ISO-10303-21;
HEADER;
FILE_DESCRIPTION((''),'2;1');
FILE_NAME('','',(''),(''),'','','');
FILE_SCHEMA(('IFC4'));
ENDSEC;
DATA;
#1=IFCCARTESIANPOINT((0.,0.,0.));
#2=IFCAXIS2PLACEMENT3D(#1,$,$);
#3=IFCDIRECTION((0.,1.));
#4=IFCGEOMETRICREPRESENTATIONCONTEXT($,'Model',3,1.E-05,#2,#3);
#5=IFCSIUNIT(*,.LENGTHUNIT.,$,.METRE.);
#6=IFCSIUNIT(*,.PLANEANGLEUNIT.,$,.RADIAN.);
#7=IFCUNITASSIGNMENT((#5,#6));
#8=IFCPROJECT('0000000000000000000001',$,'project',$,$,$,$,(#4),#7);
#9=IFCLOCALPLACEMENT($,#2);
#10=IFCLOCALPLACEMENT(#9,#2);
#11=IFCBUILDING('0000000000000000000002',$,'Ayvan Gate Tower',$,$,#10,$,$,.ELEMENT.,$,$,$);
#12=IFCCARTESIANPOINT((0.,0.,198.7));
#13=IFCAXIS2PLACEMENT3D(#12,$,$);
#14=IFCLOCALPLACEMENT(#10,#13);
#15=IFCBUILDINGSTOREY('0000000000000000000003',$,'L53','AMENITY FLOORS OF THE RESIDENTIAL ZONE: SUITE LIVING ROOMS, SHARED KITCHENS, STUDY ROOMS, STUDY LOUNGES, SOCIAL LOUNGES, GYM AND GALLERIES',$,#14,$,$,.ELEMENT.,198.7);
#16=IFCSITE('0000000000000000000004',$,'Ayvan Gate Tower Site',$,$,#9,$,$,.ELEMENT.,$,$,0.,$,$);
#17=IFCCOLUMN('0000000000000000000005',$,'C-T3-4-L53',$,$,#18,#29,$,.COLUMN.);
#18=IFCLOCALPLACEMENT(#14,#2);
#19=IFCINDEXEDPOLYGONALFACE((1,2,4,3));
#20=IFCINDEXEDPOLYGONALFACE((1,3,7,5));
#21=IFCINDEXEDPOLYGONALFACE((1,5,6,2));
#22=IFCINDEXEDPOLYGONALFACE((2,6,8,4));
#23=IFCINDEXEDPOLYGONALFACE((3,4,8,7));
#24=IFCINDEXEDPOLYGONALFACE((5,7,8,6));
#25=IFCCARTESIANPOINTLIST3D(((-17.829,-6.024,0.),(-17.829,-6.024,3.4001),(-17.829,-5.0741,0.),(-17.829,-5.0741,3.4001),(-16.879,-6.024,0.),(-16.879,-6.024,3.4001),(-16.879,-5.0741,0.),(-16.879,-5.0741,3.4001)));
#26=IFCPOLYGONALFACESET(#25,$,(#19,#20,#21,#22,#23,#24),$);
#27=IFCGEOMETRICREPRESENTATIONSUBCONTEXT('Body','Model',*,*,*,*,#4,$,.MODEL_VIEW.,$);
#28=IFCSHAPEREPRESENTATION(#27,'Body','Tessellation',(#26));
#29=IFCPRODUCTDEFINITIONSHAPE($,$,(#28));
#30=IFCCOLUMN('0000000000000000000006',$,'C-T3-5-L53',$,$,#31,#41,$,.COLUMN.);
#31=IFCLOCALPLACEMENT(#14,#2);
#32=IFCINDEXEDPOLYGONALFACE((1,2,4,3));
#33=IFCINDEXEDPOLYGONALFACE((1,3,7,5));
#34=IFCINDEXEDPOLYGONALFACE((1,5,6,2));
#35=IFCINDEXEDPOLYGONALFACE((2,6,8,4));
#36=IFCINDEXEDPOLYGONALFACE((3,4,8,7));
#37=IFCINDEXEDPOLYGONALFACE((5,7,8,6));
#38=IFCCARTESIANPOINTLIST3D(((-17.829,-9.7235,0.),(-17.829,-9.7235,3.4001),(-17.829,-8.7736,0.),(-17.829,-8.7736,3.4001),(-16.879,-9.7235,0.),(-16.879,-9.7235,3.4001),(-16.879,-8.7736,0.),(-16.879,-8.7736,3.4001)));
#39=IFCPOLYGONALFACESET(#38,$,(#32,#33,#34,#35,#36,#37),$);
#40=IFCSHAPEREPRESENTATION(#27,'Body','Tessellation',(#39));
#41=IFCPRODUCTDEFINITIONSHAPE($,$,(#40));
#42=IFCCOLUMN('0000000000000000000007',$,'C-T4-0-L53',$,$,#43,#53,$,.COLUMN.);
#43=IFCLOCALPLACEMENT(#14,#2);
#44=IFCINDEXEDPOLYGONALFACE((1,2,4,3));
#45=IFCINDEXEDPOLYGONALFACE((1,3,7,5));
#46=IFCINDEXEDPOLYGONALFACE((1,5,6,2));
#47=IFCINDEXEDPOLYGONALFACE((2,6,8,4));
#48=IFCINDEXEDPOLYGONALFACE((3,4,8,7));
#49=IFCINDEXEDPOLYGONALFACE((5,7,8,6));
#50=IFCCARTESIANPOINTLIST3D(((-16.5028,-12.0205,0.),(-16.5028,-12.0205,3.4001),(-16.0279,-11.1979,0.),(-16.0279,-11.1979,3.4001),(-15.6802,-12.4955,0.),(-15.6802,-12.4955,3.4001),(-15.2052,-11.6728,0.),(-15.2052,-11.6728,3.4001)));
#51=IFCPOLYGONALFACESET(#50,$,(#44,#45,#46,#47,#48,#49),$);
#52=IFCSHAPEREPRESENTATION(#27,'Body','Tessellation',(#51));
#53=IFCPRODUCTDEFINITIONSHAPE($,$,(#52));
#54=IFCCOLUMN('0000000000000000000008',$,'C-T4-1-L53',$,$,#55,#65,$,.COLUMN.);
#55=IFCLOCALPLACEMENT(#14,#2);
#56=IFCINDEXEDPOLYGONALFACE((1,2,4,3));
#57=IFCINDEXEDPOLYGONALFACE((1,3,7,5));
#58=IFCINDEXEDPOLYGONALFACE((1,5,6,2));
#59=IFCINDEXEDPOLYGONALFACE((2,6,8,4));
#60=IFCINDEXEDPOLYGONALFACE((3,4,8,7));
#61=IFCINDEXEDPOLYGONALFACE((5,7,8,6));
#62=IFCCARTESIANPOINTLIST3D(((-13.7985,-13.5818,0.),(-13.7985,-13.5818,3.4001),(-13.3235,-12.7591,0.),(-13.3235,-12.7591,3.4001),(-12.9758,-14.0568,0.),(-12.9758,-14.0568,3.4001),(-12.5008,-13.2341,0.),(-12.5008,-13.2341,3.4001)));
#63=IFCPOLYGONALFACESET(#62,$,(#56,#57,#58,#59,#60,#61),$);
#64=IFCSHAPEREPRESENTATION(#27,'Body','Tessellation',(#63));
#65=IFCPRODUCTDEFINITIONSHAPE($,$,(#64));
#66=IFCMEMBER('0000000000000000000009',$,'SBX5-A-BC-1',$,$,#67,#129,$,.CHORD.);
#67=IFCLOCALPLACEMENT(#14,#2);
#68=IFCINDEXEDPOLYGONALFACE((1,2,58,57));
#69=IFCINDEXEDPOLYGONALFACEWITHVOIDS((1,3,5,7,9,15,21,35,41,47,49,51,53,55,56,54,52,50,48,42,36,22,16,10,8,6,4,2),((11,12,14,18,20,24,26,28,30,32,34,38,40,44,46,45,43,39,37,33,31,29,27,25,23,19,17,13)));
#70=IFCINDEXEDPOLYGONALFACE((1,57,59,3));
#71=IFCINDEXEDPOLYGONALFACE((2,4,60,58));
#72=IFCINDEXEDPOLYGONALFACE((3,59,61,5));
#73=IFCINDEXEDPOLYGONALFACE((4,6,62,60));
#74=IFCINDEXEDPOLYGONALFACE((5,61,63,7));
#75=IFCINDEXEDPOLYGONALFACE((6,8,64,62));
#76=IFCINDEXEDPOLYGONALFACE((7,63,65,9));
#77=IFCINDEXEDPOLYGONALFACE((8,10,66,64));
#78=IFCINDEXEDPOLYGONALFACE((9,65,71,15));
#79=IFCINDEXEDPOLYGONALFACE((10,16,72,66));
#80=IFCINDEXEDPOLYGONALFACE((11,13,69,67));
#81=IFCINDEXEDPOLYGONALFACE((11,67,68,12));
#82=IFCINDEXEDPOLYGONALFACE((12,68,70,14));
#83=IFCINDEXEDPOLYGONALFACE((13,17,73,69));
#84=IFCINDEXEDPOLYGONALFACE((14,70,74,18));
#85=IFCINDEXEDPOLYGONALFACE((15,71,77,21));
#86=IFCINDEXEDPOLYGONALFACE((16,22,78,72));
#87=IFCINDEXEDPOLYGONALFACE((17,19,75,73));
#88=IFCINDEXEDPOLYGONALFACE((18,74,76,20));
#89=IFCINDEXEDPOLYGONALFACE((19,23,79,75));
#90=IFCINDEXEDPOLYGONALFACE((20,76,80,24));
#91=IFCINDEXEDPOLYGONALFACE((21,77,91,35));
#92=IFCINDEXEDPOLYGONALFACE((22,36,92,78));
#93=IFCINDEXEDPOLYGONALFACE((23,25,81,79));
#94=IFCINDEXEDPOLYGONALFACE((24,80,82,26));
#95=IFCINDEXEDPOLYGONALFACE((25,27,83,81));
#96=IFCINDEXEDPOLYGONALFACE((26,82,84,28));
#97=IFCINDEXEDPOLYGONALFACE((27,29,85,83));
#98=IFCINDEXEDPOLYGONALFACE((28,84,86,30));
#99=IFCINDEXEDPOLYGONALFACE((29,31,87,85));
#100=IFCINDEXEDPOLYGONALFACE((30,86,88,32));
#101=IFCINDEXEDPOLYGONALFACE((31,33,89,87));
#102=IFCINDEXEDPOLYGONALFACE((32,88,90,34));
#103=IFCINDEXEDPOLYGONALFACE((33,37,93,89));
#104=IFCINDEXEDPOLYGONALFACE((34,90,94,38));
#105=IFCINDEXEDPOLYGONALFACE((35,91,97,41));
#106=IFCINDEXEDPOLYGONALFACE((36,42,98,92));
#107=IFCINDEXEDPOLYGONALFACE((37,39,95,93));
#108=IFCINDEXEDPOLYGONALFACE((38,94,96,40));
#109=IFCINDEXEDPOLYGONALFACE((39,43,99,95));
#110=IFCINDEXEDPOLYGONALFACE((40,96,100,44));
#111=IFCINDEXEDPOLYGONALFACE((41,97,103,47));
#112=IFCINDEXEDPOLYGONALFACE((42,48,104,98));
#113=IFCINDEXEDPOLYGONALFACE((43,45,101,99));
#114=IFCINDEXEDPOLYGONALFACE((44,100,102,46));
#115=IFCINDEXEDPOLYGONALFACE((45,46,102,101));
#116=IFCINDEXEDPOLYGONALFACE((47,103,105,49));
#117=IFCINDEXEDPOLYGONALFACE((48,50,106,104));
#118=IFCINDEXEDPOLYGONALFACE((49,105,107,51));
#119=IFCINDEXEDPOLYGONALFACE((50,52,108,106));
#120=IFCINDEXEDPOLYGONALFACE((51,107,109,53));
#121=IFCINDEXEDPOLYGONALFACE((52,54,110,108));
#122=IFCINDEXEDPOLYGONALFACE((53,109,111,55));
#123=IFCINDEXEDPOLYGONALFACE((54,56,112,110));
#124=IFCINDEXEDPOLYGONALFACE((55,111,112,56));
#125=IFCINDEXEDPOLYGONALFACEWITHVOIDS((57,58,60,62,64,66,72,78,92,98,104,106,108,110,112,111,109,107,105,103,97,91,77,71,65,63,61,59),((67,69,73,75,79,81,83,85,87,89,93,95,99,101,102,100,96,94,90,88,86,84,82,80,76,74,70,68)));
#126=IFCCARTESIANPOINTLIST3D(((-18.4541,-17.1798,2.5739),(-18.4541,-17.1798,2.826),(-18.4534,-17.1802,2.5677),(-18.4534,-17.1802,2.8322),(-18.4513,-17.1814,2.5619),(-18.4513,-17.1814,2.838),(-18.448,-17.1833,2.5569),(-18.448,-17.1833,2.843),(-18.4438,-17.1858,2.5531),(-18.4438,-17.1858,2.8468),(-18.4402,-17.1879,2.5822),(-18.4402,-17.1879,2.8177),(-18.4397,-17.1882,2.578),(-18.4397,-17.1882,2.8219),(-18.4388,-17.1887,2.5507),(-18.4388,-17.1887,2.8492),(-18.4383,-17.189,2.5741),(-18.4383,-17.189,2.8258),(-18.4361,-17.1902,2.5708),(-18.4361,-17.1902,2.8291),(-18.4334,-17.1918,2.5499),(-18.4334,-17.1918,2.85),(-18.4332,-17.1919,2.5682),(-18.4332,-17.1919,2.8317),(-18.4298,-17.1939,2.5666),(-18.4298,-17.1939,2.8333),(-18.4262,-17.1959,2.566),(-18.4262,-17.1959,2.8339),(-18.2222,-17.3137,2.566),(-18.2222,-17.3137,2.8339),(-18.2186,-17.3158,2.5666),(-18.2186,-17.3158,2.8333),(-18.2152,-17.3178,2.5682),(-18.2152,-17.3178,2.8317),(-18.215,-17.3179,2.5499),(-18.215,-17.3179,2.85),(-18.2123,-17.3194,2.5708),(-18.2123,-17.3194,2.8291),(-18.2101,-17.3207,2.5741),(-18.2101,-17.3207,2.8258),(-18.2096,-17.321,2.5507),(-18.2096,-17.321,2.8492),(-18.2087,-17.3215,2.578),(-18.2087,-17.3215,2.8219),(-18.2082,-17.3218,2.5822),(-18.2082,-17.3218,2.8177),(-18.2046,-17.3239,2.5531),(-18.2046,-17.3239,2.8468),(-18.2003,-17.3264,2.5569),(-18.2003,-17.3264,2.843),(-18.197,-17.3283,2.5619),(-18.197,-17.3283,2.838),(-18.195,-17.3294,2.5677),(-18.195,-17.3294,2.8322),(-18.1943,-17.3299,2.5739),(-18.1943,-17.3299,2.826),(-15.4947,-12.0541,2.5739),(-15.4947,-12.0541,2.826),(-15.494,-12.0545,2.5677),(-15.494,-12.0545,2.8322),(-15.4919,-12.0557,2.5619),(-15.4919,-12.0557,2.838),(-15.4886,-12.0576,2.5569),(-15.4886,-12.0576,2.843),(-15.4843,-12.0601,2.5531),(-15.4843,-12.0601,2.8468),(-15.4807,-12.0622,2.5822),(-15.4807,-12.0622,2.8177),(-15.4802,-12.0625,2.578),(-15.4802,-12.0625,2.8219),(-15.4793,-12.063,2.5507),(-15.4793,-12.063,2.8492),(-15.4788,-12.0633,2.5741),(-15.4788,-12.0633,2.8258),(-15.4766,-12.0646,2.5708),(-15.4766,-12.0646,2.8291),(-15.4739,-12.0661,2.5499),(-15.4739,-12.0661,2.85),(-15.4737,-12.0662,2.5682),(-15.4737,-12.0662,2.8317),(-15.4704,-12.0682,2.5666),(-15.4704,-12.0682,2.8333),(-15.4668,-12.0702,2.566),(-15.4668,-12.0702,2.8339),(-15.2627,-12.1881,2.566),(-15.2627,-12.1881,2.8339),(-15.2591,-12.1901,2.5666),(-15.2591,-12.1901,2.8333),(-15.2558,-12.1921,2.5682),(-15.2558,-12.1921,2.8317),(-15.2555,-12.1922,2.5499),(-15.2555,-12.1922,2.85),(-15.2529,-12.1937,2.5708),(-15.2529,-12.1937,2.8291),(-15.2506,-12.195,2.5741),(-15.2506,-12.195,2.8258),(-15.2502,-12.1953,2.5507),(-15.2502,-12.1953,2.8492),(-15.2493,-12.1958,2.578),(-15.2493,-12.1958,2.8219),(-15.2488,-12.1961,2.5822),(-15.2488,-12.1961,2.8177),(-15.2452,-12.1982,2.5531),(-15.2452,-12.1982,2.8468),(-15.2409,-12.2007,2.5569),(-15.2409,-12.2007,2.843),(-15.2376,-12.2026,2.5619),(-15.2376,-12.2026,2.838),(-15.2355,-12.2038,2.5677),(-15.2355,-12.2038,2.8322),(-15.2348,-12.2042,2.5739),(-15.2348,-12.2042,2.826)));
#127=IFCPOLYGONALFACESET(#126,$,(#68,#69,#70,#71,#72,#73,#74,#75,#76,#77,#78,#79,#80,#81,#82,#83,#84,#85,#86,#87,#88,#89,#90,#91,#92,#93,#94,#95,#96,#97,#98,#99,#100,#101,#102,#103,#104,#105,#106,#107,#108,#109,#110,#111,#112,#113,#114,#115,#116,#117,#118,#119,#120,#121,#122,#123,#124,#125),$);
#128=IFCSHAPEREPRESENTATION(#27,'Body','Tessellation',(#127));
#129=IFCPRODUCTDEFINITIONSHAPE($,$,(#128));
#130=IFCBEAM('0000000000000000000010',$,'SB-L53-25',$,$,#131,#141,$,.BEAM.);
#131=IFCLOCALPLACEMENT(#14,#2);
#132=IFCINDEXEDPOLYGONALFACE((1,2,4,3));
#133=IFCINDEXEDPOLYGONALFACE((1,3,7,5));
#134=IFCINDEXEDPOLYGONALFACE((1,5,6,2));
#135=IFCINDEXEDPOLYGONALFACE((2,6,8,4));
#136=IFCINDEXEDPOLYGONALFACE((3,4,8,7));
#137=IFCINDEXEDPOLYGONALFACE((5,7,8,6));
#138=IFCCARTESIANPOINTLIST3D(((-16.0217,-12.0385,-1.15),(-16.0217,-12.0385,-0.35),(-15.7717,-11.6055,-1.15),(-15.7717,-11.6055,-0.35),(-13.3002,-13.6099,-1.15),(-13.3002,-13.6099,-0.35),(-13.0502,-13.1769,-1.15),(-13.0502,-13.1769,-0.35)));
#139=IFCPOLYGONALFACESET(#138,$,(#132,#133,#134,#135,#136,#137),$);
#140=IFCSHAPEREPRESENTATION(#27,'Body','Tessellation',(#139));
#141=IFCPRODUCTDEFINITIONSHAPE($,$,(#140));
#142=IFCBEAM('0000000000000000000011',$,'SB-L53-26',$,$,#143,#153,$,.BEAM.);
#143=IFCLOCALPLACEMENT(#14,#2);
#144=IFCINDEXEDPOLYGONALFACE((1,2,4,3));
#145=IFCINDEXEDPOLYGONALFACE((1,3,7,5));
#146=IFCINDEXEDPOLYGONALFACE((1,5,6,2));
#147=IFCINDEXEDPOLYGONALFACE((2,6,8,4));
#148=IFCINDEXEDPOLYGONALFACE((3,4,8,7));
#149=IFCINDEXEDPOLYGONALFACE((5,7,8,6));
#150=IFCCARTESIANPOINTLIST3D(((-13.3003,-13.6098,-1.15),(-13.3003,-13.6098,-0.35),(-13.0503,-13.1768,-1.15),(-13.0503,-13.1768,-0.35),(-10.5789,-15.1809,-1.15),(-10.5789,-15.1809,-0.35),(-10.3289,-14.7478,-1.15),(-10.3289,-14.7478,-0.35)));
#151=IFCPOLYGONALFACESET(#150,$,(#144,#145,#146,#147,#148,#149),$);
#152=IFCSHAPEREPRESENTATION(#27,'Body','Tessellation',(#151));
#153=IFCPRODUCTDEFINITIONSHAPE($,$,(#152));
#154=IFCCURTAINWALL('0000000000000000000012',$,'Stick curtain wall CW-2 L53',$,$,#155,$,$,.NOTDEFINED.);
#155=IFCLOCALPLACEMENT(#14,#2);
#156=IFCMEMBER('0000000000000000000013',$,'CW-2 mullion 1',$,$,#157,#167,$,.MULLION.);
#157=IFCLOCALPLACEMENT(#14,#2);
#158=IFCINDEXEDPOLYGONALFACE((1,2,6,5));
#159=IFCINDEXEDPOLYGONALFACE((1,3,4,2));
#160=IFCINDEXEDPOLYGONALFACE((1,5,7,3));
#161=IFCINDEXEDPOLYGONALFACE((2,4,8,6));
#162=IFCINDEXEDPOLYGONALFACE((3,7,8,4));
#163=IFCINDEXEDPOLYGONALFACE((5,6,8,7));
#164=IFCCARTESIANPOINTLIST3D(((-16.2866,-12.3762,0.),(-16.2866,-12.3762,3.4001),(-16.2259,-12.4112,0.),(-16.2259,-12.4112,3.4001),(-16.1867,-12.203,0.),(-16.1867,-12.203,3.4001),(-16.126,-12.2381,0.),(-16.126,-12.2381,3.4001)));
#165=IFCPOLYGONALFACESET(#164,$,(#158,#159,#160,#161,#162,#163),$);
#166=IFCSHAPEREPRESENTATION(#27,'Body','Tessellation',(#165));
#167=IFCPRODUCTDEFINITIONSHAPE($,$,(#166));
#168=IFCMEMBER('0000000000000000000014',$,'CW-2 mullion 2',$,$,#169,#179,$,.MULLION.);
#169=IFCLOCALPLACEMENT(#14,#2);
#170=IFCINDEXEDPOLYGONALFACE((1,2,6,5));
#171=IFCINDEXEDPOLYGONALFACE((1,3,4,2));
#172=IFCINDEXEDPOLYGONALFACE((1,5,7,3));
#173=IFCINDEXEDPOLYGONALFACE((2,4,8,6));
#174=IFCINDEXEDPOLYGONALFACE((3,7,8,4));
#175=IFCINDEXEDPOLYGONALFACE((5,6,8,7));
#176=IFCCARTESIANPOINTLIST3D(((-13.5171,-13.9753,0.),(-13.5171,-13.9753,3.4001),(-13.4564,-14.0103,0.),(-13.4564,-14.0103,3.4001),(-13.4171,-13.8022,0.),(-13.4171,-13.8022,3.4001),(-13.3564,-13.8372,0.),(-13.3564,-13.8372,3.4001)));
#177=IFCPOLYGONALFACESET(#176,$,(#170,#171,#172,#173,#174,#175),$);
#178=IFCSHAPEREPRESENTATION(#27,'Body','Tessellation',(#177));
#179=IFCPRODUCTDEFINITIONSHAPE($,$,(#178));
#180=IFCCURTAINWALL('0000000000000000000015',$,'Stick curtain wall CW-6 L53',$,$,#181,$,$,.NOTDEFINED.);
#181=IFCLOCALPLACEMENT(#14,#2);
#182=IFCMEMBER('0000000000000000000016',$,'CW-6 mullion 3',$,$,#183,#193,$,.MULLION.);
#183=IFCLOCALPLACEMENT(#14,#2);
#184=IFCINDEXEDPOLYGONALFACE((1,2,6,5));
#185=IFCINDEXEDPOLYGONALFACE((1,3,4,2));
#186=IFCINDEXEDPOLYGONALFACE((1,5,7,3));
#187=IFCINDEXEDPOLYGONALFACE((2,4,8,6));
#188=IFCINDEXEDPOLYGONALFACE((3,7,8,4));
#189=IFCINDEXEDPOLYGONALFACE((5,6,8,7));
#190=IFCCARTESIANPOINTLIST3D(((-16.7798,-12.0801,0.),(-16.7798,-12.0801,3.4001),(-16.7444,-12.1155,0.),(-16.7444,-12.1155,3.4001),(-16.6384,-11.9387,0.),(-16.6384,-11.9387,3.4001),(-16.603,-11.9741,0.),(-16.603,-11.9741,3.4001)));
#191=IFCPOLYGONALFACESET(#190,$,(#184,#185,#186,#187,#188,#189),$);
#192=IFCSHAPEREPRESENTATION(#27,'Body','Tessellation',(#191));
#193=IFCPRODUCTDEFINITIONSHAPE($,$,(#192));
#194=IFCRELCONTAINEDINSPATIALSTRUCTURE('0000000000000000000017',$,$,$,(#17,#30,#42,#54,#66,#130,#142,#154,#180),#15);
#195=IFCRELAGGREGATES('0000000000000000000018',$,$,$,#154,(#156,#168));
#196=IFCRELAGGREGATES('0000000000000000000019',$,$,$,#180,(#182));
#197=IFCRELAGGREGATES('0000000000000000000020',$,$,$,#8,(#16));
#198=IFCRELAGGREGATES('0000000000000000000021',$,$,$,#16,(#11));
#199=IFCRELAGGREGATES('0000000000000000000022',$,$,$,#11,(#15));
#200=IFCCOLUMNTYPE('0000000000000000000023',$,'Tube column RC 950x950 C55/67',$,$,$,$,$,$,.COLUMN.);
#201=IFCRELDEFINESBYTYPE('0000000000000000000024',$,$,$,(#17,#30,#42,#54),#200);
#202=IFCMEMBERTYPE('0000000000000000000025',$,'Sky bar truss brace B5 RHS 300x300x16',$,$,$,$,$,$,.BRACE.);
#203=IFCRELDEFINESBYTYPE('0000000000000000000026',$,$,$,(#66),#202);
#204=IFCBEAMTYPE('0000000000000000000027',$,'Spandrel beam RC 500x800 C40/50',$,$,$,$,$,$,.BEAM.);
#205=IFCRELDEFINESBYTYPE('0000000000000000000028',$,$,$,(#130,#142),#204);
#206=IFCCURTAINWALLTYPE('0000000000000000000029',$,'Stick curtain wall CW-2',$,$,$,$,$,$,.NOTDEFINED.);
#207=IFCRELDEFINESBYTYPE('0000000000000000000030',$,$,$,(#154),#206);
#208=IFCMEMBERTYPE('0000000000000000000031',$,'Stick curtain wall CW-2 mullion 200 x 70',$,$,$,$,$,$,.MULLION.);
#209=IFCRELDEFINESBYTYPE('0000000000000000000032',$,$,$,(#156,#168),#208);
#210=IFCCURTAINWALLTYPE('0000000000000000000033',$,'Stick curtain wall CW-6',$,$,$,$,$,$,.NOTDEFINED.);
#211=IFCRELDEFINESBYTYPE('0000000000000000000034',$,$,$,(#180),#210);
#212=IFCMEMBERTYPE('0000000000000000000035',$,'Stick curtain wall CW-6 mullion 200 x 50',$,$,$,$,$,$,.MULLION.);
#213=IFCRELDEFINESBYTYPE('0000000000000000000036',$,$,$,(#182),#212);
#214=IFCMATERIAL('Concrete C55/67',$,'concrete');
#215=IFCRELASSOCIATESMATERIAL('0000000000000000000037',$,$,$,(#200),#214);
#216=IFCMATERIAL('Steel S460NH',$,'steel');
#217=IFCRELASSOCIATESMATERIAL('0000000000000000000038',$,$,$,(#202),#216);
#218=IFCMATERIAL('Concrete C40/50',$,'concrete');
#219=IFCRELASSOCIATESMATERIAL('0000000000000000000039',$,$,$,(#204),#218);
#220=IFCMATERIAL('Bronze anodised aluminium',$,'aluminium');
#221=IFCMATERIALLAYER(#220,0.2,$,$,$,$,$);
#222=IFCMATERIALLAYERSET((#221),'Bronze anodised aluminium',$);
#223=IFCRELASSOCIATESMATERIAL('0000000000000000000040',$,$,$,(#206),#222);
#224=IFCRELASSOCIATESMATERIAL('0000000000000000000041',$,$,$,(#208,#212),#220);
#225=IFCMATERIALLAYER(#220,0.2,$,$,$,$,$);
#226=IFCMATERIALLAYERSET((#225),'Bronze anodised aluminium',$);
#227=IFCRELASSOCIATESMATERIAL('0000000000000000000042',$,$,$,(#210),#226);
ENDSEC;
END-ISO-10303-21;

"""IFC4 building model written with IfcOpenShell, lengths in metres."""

from ifc_helpers import new_model, si_unit, direction, frame, origin, origin_2d, place, context, subcontext, project, spatial, rectangle, hollow_rectangle, extrude, material, layer, layer_set, material_profile, profile_set, type_object, element, aggregate, save


model = new_model("IFC4")

# Units and contexts
model_context = context("Model", 3, precision=1e-05, world=origin(), true_north=direction((0.0, 1.0)))
body_context = subcontext(model_context, "Body", "Model", "MODEL_VIEW")
ifc_project = project(units=[si_unit("LENGTHUNIT", "METRE"), si_unit("PLANEANGLEUNIT", "RADIAN")], contexts=[model_context])

# Site, building, storey
site_placement = place(None, origin())
site = spatial("IfcSite", under=ifc_project, at=site_placement, Name="Ayvan Gate Tower Site", CompositionType="ELEMENT", RefElevation=0.0)
building_placement = place(site_placement, origin())
building = spatial("IfcBuilding", under=site, at=building_placement, Name="Ayvan Gate Tower", CompositionType="ELEMENT")
storey_placement = place(building_placement, frame((0.0, 0.0, 198.7)))
storey = spatial("IfcBuildingStorey", under=building, at=storey_placement, Name="L53", Description="AMENITY FLOORS OF THE RESIDENTIAL ZONE: SUITE LIVING ROOMS, SHARED KITCHENS, STUDY ROOMS, STUDY LOUNGES, SOCIAL LOUNGES, GYM AND GALLERIES", CompositionType="ELEMENT", Elevation=198.7)

# Columns
ifc_material_1 = material(Name="Concrete C55/67", Category="concrete")
ifc_material_profile_1 = material_profile(ifc_material_1, rectangle(XDim=0.95, YDim=0.95, at=origin_2d()), Name="RC 950x950")
ifc_profile_set_1 = profile_set([ifc_material_profile_1], Name="Concrete C55/67")
column_type = type_object("IfcColumnType", Name="Tube column RC 950x950 C55/67", PredefinedType="COLUMN", material=ifc_profile_set_1)
for number, where, z_axis, x_axis, name in (
    (1, (-17.354, -5.5491, 0.0), (0.0, 0.0, 1.0), (-1.0, 0.0, 0.0), "C-T3-4-L53"),
    (2, (-17.354, -9.2485, 0.0), (0.0, 0.0, 1.0), (-1.0, 0.0, 0.0), "C-T3-5-L53"),
    (3, (-15.854, -11.8467, 0.0), (0.0, 0.0, 1.0), (-0.5, -0.866025, 0.0), "C-T4-0-L53"),
    (4, (-13.1497, -13.408, 0.0), (0.0, 0.0, 1.0), (-0.5, -0.866025, 0.0), "C-T4-1-L53"),
):
    element("IfcColumn", number, at=place(storey_placement, frame(where, z_axis=z_axis, x_axis=x_axis)), inside=storey, type_object=column_type, Name=name, PredefinedType="COLUMN", context=body_context, shape_type="SweptSolid", body=[
        extrude(rectangle(XDim=0.95, YDim=0.95, at=origin_2d()), origin(), (0.0, 0.0, 1.0), 3.4001),
    ])

# Member
ifc_material_2 = material(Name="Steel S460NH", Category="steel")
ifc_material_profile_2 = material_profile(ifc_material_2, hollow_rectangle(XDim=0.3, YDim=0.3, WallThickness=0.0161, InnerFilletRadius=0.0161, OuterFilletRadius=0.0239, at=origin_2d()), Name="RHS 300x300x16")
ifc_profile_set_2 = profile_set([ifc_material_profile_2], Name="Steel S460NH")
member_type_1 = type_object("IfcMemberType", Name="Sky bar truss brace B5 RHS 300x300x16", PredefinedType="BRACE", material=ifc_profile_set_2)
member_1_placement = place(storey_placement, frame((-15.3647, -12.1292, 2.7), z_axis=(-0.500016, -0.866016, 0.0), x_axis=(0.866016, -0.500016, 0.0)))
element("IfcMember", 5, at=member_1_placement, inside=storey, type_object=member_type_1, Name="SBX5-A-BC-1", PredefinedType="CHORD", context=body_context, shape_type="SweptSolid", body=[
    extrude(hollow_rectangle(XDim=0.3, YDim=0.3, WallThickness=0.0161, InnerFilletRadius=0.0161, OuterFilletRadius=0.0239, at=origin_2d()), origin(), (0.0, 0.0, 1.0), 5.9187),
])

# Beams
ifc_material_3 = material(Name="Concrete C40/50", Category="concrete")
ifc_material_profile_3 = material_profile(ifc_material_3, rectangle(XDim=0.5, YDim=0.8, at=origin_2d()), Name="RC 500x800")
ifc_profile_set_3 = profile_set([ifc_material_profile_3], Name="Concrete C40/50")
beam_type = type_object("IfcBeamType", Name="Spandrel beam RC 500x800 C40/50", PredefinedType="BEAM", material=ifc_profile_set_3)
beam_1_placement = place(storey_placement, frame((-15.8967, -11.822, -0.75), z_axis=(0.866016, -0.500016, 0.0), x_axis=(0.500016, 0.866016, 0.0)))
element("IfcBeam", 6, at=beam_1_placement, inside=storey, type_object=beam_type, Name="SB-L53-25", PredefinedType="BEAM", context=body_context, shape_type="SweptSolid", body=[
    extrude(rectangle(XDim=0.5, YDim=0.8, at=origin_2d()), origin(), (0.0, 0.0, 1.0), 3.1426),
])
beam_2_placement = place(storey_placement, frame((-13.1753, -13.3933, -0.75), z_axis=(0.86605, -0.499958, 0.0), x_axis=(0.499958, 0.86605, 0.0)))
element("IfcBeam", 7, at=beam_2_placement, inside=storey, type_object=beam_type, Name="SB-L53-26", PredefinedType="BEAM", context=body_context, shape_type="SweptSolid", body=[
    extrude(rectangle(XDim=0.5, YDim=0.8, at=origin_2d()), origin(), (0.0, 0.0, 1.0), 3.1423),
])

# Curtain walls, members
ifc_material_4 = material(Name="Bronze anodised aluminium", Category="aluminium")
ifc_layer_1 = layer(ifc_material_4, 0.2)
ifc_layer_set_1 = layer_set([ifc_layer_1], Name="Bronze anodised aluminium")
curtain_wall_type_1 = type_object("IfcCurtainWallType", Name="Stick curtain wall CW-2", PredefinedType="NOTDEFINED", material=ifc_layer_set_1)
curtain_wall_1_placement = place(storey_placement, origin())
curtain_wall_1 = element("IfcCurtainWall", 8, at=curtain_wall_1_placement, inside=storey, type_object=curtain_wall_type_1, Name="Stick curtain wall CW-2 L53", PredefinedType="NOTDEFINED")
ifc_material_profile_4 = material_profile(ifc_material_4, rectangle(XDim=0.2, YDim=0.0701, at=origin_2d()), Name="Stick curtain wall CW-2 mullion 200 x 70")
ifc_profile_set_4 = profile_set([ifc_material_profile_4], Name="Bronze anodised aluminium")
member_type_2 = type_object("IfcMemberType", Name="Stick curtain wall CW-2 mullion 200 x 70", PredefinedType="MULLION", material=ifc_profile_set_4)
member_2_placement = place(storey_placement, frame((-16.2063, -12.3071, 0.0), z_axis=(0.0, 0.0, 1.0), x_axis=(-0.5, -0.866025, 0.0)))
member_2 = element("IfcMember", 9, at=member_2_placement, type_object=member_type_2, Name="CW-2 mullion 1", PredefinedType="MULLION", context=body_context, shape_type="SweptSolid", body=[
    extrude(rectangle(XDim=0.2, YDim=0.0701, at=origin_2d()), origin(), (0.0, 0.0, 1.0), 3.4001),
])
member_3_placement = place(storey_placement, frame((-13.4368, -13.9062, 0.0), z_axis=(0.0, 0.0, 1.0), x_axis=(-0.5, -0.866025, 0.0)))
member_3 = element("IfcMember", 10, at=member_3_placement, type_object=member_type_2, Name="CW-2 mullion 2", PredefinedType="MULLION", context=body_context, shape_type="SweptSolid", body=[
    extrude(rectangle(XDim=0.2, YDim=0.0701, at=origin_2d()), origin(), (0.0, 0.0, 1.0), 3.4001),
])
ifc_layer_2 = layer(ifc_material_4, 0.2)
ifc_layer_set_2 = layer_set([ifc_layer_2], Name="Bronze anodised aluminium")
curtain_wall_type_2 = type_object("IfcCurtainWallType", Name="Stick curtain wall CW-6", PredefinedType="NOTDEFINED", material=ifc_layer_set_2)
curtain_wall_2_placement = place(storey_placement, origin())
curtain_wall_2 = element("IfcCurtainWall", 11, at=curtain_wall_2_placement, inside=storey, type_object=curtain_wall_type_2, Name="Stick curtain wall CW-6 L53", PredefinedType="NOTDEFINED")
ifc_material_profile_5 = material_profile(ifc_material_4, rectangle(XDim=0.2, YDim=0.05, at=origin_2d()), Name="Stick curtain wall CW-6 mullion 200 x 50")
ifc_profile_set_5 = profile_set([ifc_material_profile_5], Name="Bronze anodised aluminium")
member_type_3 = type_object("IfcMemberType", Name="Stick curtain wall CW-6 mullion 200 x 50", PredefinedType="MULLION", material=ifc_profile_set_5)
member_4_placement = place(storey_placement, frame((-16.6914, -12.0271, 0.0), z_axis=(0.0, 0.0, 1.0), x_axis=(-0.707107, -0.707107, 0.0)))
member_4 = element("IfcMember", 12, at=member_4_placement, type_object=member_type_3, Name="CW-6 mullion 3", PredefinedType="MULLION", context=body_context, shape_type="SweptSolid", body=[
    extrude(rectangle(XDim=0.2, YDim=0.05, at=origin_2d()), origin(), (0.0, 0.0, 1.0), 3.4001),
])

aggregate(curtain_wall_1, [member_2, member_3])
aggregate(curtain_wall_2, [member_4])

save(model, "model.ifc")
